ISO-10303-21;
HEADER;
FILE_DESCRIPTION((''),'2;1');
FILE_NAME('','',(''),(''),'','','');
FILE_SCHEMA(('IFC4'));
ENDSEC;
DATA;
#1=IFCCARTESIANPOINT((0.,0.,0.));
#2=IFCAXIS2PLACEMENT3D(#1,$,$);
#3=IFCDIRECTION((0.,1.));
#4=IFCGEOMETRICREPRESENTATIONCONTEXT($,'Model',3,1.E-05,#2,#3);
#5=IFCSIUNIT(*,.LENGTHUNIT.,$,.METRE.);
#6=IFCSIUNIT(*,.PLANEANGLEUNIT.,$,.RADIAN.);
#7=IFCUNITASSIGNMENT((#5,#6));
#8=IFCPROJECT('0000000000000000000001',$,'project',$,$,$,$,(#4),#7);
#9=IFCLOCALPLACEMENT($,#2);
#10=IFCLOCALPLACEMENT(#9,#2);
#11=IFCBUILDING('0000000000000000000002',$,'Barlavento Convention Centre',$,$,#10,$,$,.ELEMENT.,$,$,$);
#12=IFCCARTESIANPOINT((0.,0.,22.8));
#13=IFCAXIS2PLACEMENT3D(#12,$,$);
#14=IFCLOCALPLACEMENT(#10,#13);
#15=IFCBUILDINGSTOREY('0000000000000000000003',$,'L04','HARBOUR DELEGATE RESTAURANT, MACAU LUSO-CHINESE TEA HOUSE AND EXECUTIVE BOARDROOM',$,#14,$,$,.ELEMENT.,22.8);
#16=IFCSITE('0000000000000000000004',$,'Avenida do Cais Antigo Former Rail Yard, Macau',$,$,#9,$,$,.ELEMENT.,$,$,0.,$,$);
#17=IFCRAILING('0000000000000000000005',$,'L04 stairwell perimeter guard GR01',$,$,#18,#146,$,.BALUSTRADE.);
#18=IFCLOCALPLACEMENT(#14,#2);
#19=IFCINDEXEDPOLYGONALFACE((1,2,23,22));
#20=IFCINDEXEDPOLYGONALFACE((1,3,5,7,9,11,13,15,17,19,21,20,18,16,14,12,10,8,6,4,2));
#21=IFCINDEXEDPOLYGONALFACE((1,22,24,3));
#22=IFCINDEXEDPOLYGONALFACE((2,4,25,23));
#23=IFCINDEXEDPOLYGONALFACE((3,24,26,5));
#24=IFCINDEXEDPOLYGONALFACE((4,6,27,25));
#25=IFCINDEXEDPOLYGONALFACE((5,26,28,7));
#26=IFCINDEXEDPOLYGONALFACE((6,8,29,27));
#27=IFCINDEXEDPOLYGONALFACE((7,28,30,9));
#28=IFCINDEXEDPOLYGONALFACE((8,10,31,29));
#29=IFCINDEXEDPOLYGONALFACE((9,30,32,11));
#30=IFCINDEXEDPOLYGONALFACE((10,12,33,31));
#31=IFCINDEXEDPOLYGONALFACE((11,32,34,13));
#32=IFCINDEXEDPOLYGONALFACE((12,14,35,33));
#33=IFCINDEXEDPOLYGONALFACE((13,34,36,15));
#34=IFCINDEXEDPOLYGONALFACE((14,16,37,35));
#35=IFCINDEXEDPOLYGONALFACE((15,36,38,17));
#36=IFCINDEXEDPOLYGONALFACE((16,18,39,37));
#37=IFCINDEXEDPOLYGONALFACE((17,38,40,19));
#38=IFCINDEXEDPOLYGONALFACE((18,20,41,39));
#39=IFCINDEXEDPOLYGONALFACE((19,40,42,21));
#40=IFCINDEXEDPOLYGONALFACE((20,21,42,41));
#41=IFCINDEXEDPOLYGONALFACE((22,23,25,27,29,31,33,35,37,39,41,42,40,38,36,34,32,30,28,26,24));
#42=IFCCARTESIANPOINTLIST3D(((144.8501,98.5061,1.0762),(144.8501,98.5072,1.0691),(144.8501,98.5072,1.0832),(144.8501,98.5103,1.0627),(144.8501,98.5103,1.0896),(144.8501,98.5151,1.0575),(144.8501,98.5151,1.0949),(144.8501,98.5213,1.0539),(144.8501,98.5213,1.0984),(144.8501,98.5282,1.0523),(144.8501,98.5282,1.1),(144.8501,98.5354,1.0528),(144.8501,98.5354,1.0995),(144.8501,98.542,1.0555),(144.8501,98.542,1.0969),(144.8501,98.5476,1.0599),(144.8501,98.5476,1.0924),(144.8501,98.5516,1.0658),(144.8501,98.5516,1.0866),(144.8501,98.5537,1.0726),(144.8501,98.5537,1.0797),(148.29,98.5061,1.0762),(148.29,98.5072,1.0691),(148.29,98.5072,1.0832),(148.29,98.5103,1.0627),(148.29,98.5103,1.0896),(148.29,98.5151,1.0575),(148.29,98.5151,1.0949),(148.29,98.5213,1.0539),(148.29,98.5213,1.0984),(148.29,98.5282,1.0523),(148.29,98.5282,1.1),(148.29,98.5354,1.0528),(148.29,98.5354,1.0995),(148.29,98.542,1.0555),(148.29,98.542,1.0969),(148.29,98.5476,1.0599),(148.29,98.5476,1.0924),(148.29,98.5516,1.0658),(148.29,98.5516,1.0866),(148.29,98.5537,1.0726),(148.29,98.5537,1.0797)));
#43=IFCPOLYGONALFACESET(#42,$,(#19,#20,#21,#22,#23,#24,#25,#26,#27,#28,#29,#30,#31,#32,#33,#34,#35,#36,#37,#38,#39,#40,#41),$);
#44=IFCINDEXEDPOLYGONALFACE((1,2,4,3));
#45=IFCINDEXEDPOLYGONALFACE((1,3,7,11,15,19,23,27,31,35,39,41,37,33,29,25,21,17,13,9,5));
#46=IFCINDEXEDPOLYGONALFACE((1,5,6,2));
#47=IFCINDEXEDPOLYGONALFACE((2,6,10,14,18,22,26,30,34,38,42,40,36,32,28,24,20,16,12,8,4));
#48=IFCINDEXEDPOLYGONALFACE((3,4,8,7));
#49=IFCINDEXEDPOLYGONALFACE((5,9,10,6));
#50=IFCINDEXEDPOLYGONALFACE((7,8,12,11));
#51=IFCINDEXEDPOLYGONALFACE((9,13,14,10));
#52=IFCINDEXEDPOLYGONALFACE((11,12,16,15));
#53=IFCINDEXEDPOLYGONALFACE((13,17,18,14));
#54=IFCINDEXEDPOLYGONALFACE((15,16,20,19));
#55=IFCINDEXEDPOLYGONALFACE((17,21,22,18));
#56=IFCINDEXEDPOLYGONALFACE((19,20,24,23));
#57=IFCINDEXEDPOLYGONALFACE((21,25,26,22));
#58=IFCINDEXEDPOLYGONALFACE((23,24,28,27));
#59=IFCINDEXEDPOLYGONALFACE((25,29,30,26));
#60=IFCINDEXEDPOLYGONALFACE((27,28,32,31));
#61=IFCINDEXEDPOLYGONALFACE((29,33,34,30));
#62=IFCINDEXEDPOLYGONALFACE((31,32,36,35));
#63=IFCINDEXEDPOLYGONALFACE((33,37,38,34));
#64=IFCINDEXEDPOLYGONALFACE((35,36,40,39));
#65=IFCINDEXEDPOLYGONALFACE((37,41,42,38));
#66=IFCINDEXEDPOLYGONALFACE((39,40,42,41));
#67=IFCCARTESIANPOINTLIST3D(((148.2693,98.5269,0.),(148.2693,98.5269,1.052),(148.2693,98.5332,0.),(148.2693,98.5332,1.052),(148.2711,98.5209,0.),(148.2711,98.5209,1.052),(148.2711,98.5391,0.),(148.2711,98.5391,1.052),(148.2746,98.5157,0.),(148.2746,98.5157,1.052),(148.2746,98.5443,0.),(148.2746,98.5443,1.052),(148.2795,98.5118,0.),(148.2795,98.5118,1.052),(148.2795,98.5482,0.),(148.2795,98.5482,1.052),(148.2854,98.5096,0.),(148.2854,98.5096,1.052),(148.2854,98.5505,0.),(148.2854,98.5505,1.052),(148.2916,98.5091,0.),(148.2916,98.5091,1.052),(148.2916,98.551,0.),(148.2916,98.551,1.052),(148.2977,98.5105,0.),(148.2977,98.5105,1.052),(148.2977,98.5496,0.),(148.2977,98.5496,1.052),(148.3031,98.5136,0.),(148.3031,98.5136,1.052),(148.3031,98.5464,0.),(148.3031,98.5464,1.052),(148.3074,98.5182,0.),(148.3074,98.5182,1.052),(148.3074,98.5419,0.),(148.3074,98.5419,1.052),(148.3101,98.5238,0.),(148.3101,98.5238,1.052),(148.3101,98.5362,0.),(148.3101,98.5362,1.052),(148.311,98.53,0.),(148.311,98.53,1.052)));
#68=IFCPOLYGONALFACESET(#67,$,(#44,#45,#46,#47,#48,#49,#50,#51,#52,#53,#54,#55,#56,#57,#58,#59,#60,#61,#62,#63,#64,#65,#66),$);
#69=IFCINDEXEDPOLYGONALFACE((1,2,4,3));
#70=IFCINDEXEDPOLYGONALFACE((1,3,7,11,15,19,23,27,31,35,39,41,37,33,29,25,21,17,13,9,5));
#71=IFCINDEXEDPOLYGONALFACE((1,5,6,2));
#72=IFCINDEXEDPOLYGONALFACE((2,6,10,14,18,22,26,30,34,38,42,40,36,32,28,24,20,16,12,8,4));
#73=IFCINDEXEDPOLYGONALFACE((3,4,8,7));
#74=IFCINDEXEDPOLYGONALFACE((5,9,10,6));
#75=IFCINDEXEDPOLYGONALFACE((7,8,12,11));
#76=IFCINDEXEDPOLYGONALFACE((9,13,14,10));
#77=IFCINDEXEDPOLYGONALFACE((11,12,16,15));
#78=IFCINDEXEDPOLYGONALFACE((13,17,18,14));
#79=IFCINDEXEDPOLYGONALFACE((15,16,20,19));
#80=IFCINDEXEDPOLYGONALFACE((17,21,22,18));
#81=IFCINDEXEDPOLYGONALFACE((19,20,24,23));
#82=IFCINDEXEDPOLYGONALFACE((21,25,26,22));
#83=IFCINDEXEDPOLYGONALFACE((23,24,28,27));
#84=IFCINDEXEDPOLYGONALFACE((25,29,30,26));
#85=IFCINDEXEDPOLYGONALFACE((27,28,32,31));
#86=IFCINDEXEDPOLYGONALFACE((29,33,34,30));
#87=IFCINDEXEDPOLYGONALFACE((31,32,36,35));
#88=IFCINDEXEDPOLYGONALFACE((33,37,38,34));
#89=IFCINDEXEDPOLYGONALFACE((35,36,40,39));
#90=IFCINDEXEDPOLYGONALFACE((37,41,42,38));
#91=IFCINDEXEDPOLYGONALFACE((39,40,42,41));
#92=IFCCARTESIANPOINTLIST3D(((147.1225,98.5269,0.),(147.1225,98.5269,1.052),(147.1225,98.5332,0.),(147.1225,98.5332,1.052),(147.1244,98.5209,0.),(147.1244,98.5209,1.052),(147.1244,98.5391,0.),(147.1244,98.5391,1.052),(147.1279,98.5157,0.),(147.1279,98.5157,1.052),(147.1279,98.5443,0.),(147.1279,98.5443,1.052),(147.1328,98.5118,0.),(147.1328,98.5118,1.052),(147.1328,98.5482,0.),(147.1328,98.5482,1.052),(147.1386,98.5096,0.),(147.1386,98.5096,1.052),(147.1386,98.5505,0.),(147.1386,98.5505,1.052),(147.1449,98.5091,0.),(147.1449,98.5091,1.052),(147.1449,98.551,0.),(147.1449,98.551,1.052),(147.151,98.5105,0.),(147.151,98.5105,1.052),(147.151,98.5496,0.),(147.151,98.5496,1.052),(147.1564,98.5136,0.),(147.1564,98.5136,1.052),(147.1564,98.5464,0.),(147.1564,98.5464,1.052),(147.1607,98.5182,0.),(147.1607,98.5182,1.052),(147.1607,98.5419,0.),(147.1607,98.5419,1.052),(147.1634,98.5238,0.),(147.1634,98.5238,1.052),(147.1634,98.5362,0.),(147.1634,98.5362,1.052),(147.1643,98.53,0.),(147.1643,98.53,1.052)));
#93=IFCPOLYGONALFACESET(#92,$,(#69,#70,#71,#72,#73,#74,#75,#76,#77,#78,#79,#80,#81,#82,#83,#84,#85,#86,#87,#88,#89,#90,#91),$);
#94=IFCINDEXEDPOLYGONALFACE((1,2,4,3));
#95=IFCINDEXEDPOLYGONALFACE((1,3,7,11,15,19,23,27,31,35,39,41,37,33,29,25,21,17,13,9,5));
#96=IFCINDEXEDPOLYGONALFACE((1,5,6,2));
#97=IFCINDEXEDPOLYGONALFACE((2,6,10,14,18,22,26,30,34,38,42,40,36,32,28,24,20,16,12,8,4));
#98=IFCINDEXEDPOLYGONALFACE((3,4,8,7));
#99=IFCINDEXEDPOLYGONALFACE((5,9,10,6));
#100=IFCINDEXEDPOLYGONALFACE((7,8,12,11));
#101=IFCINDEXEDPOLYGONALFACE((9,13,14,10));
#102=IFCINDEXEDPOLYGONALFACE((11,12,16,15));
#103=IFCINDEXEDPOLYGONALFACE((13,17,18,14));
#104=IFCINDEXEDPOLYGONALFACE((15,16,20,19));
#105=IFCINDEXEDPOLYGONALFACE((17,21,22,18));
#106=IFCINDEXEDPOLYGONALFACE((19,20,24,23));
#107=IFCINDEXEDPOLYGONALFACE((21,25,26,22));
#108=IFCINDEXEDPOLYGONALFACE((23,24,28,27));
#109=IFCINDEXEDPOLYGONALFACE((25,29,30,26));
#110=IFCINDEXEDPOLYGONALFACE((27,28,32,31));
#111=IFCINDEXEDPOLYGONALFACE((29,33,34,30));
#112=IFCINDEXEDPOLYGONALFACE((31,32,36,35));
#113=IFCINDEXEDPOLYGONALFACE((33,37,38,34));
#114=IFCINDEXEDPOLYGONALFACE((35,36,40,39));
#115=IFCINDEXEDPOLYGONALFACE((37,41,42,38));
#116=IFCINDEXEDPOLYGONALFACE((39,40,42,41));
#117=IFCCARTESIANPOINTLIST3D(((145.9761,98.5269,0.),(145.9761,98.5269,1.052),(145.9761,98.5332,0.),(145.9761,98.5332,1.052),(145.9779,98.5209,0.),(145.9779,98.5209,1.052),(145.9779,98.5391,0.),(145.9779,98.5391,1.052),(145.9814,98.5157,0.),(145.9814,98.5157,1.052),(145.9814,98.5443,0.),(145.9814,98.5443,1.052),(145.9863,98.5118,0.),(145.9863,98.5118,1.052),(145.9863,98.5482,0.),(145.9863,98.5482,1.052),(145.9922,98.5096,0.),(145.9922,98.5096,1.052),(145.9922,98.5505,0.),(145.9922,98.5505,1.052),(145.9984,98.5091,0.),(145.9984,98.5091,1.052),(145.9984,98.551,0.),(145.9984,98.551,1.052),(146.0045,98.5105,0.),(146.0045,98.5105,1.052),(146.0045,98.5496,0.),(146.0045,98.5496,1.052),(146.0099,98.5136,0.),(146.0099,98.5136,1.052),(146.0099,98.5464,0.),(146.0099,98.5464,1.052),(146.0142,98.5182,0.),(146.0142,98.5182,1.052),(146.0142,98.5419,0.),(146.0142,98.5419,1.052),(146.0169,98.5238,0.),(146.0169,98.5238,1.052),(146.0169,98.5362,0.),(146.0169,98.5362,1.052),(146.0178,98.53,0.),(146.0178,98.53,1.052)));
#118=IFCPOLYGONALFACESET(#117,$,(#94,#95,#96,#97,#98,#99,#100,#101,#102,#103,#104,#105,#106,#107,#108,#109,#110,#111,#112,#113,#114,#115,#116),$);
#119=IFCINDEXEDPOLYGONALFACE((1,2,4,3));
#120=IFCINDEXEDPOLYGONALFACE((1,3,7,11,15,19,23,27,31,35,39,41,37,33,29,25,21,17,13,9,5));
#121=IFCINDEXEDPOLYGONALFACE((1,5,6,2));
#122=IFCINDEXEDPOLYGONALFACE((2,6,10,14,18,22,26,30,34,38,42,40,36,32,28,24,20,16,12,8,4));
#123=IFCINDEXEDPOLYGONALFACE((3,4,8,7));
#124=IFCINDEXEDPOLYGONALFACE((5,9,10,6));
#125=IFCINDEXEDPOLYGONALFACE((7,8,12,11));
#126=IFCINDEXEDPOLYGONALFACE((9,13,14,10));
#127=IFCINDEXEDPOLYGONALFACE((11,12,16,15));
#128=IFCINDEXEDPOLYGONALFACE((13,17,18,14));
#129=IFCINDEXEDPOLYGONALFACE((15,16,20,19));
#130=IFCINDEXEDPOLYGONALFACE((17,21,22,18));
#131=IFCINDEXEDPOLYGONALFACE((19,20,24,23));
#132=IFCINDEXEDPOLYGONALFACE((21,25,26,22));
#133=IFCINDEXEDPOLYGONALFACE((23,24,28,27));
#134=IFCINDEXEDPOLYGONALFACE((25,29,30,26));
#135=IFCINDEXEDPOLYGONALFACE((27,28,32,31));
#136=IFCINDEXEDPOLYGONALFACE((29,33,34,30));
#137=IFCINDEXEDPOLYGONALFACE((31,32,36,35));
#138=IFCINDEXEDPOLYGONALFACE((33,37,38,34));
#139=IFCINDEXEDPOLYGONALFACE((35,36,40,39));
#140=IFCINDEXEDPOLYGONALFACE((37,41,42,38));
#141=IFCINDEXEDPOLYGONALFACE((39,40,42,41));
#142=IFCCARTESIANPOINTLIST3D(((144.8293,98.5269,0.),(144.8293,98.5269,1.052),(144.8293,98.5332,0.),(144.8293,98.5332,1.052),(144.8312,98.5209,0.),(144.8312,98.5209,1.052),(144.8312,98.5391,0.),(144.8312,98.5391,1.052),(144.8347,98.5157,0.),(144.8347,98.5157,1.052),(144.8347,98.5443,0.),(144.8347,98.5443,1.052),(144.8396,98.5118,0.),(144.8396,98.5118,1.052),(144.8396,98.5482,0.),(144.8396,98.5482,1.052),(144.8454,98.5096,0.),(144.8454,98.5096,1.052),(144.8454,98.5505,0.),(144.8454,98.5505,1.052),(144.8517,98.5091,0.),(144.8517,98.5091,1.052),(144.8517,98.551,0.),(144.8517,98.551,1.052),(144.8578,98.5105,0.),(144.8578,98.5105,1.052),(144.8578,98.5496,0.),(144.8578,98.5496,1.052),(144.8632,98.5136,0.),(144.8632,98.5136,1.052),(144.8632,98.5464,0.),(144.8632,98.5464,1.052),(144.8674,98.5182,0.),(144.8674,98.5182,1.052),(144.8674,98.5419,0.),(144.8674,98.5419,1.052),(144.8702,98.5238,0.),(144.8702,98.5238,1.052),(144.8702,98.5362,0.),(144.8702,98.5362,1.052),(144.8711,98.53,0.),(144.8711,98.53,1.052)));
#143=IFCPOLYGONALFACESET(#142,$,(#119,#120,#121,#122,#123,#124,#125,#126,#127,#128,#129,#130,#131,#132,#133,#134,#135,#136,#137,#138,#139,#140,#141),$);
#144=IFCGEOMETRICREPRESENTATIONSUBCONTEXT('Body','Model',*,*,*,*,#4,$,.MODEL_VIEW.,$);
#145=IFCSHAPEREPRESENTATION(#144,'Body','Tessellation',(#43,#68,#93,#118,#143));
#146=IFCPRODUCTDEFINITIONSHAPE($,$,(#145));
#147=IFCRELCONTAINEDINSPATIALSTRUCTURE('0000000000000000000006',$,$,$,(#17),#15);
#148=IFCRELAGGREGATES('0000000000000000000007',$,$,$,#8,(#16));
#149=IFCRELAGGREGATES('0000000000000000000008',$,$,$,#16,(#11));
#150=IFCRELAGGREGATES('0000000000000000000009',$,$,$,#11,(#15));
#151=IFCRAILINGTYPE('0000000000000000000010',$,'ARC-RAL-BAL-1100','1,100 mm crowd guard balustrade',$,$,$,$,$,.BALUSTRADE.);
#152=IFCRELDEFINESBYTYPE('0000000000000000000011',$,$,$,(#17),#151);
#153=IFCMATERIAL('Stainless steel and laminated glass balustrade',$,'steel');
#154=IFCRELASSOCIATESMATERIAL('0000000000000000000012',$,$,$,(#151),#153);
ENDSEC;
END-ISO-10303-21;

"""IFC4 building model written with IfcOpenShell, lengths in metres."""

from ifc_helpers import new_model, si_unit, direction, frame, origin, origin_2d, place, context, subcontext, project, spatial, circle, extrude, material, type_object, element, save


model = new_model("IFC4")

# Units and contexts
model_context = context("Model", 3, precision=1e-05, world=origin(), true_north=direction((0.0, 1.0)))
body_context = subcontext(model_context, "Body", "Model", "MODEL_VIEW")
ifc_project = project(units=[si_unit("LENGTHUNIT", "METRE"), si_unit("PLANEANGLEUNIT", "RADIAN")], contexts=[model_context])

# Site, building, storey
site_placement = place(None, origin())
site = spatial("IfcSite", under=ifc_project, at=site_placement, Name="Avenida do Cais Antigo Former Rail Yard, Macau", CompositionType="ELEMENT", RefElevation=0.0)
building_placement = place(site_placement, origin())
building = spatial("IfcBuilding", under=site, at=building_placement, Name="Barlavento Convention Centre", CompositionType="ELEMENT")
storey_placement = place(building_placement, frame((0.0, 0.0, 22.8)))
storey = spatial("IfcBuildingStorey", under=building, at=storey_placement, Name="L04", Description="HARBOUR DELEGATE RESTAURANT, MACAU LUSO-CHINESE TEA HOUSE AND EXECUTIVE BOARDROOM", CompositionType="ELEMENT", Elevation=22.8)

# Railing
ifc_material_1 = material(Name="Stainless steel and laminated glass balustrade", Category="steel")
railing_type_1 = type_object("IfcRailingType", Name="ARC-RAL-BAL-1100", Description="1,100 mm crowd guard balustrade", PredefinedType="BALUSTRADE", material=ifc_material_1)
railing_1_placement = place(storey_placement, frame((148.29, 98.53, 0.0)))
element("IfcRailing", 1, at=railing_1_placement, inside=storey, type_object=railing_type_1, Name="L04 stairwell perimeter guard GR01", PredefinedType="BALUSTRADE", context=body_context, shape_type="SweptSolid", body=[
    extrude(circle(Radius=0.0239, at=origin_2d()), frame((0.0, 0.0, 1.0762), z_axis=(-1.0, 0.0, 0.0), x_axis=(0.0, -1.0, 0.0)), (0.0, 0.0, 1.0), 3.4399),
    extrude(circle(Radius=0.021, at=origin_2d()), origin(), (0.0, 0.0, 1.0), 1.052),
    extrude(circle(Radius=0.021, at=origin_2d()), frame((-1.1467, 0.0, 0.0)), (0.0, 0.0, 1.0), 1.052),
    extrude(circle(Radius=0.021, at=origin_2d()), frame((-2.2932, 0.0, 0.0)), (0.0, 0.0, 1.0), 1.052),
    extrude(circle(Radius=0.021, at=origin_2d()), frame((-3.4399, 0.0, 0.0)), (0.0, 0.0, 1.0), 1.052),
])

save(model, "model.ifc")
